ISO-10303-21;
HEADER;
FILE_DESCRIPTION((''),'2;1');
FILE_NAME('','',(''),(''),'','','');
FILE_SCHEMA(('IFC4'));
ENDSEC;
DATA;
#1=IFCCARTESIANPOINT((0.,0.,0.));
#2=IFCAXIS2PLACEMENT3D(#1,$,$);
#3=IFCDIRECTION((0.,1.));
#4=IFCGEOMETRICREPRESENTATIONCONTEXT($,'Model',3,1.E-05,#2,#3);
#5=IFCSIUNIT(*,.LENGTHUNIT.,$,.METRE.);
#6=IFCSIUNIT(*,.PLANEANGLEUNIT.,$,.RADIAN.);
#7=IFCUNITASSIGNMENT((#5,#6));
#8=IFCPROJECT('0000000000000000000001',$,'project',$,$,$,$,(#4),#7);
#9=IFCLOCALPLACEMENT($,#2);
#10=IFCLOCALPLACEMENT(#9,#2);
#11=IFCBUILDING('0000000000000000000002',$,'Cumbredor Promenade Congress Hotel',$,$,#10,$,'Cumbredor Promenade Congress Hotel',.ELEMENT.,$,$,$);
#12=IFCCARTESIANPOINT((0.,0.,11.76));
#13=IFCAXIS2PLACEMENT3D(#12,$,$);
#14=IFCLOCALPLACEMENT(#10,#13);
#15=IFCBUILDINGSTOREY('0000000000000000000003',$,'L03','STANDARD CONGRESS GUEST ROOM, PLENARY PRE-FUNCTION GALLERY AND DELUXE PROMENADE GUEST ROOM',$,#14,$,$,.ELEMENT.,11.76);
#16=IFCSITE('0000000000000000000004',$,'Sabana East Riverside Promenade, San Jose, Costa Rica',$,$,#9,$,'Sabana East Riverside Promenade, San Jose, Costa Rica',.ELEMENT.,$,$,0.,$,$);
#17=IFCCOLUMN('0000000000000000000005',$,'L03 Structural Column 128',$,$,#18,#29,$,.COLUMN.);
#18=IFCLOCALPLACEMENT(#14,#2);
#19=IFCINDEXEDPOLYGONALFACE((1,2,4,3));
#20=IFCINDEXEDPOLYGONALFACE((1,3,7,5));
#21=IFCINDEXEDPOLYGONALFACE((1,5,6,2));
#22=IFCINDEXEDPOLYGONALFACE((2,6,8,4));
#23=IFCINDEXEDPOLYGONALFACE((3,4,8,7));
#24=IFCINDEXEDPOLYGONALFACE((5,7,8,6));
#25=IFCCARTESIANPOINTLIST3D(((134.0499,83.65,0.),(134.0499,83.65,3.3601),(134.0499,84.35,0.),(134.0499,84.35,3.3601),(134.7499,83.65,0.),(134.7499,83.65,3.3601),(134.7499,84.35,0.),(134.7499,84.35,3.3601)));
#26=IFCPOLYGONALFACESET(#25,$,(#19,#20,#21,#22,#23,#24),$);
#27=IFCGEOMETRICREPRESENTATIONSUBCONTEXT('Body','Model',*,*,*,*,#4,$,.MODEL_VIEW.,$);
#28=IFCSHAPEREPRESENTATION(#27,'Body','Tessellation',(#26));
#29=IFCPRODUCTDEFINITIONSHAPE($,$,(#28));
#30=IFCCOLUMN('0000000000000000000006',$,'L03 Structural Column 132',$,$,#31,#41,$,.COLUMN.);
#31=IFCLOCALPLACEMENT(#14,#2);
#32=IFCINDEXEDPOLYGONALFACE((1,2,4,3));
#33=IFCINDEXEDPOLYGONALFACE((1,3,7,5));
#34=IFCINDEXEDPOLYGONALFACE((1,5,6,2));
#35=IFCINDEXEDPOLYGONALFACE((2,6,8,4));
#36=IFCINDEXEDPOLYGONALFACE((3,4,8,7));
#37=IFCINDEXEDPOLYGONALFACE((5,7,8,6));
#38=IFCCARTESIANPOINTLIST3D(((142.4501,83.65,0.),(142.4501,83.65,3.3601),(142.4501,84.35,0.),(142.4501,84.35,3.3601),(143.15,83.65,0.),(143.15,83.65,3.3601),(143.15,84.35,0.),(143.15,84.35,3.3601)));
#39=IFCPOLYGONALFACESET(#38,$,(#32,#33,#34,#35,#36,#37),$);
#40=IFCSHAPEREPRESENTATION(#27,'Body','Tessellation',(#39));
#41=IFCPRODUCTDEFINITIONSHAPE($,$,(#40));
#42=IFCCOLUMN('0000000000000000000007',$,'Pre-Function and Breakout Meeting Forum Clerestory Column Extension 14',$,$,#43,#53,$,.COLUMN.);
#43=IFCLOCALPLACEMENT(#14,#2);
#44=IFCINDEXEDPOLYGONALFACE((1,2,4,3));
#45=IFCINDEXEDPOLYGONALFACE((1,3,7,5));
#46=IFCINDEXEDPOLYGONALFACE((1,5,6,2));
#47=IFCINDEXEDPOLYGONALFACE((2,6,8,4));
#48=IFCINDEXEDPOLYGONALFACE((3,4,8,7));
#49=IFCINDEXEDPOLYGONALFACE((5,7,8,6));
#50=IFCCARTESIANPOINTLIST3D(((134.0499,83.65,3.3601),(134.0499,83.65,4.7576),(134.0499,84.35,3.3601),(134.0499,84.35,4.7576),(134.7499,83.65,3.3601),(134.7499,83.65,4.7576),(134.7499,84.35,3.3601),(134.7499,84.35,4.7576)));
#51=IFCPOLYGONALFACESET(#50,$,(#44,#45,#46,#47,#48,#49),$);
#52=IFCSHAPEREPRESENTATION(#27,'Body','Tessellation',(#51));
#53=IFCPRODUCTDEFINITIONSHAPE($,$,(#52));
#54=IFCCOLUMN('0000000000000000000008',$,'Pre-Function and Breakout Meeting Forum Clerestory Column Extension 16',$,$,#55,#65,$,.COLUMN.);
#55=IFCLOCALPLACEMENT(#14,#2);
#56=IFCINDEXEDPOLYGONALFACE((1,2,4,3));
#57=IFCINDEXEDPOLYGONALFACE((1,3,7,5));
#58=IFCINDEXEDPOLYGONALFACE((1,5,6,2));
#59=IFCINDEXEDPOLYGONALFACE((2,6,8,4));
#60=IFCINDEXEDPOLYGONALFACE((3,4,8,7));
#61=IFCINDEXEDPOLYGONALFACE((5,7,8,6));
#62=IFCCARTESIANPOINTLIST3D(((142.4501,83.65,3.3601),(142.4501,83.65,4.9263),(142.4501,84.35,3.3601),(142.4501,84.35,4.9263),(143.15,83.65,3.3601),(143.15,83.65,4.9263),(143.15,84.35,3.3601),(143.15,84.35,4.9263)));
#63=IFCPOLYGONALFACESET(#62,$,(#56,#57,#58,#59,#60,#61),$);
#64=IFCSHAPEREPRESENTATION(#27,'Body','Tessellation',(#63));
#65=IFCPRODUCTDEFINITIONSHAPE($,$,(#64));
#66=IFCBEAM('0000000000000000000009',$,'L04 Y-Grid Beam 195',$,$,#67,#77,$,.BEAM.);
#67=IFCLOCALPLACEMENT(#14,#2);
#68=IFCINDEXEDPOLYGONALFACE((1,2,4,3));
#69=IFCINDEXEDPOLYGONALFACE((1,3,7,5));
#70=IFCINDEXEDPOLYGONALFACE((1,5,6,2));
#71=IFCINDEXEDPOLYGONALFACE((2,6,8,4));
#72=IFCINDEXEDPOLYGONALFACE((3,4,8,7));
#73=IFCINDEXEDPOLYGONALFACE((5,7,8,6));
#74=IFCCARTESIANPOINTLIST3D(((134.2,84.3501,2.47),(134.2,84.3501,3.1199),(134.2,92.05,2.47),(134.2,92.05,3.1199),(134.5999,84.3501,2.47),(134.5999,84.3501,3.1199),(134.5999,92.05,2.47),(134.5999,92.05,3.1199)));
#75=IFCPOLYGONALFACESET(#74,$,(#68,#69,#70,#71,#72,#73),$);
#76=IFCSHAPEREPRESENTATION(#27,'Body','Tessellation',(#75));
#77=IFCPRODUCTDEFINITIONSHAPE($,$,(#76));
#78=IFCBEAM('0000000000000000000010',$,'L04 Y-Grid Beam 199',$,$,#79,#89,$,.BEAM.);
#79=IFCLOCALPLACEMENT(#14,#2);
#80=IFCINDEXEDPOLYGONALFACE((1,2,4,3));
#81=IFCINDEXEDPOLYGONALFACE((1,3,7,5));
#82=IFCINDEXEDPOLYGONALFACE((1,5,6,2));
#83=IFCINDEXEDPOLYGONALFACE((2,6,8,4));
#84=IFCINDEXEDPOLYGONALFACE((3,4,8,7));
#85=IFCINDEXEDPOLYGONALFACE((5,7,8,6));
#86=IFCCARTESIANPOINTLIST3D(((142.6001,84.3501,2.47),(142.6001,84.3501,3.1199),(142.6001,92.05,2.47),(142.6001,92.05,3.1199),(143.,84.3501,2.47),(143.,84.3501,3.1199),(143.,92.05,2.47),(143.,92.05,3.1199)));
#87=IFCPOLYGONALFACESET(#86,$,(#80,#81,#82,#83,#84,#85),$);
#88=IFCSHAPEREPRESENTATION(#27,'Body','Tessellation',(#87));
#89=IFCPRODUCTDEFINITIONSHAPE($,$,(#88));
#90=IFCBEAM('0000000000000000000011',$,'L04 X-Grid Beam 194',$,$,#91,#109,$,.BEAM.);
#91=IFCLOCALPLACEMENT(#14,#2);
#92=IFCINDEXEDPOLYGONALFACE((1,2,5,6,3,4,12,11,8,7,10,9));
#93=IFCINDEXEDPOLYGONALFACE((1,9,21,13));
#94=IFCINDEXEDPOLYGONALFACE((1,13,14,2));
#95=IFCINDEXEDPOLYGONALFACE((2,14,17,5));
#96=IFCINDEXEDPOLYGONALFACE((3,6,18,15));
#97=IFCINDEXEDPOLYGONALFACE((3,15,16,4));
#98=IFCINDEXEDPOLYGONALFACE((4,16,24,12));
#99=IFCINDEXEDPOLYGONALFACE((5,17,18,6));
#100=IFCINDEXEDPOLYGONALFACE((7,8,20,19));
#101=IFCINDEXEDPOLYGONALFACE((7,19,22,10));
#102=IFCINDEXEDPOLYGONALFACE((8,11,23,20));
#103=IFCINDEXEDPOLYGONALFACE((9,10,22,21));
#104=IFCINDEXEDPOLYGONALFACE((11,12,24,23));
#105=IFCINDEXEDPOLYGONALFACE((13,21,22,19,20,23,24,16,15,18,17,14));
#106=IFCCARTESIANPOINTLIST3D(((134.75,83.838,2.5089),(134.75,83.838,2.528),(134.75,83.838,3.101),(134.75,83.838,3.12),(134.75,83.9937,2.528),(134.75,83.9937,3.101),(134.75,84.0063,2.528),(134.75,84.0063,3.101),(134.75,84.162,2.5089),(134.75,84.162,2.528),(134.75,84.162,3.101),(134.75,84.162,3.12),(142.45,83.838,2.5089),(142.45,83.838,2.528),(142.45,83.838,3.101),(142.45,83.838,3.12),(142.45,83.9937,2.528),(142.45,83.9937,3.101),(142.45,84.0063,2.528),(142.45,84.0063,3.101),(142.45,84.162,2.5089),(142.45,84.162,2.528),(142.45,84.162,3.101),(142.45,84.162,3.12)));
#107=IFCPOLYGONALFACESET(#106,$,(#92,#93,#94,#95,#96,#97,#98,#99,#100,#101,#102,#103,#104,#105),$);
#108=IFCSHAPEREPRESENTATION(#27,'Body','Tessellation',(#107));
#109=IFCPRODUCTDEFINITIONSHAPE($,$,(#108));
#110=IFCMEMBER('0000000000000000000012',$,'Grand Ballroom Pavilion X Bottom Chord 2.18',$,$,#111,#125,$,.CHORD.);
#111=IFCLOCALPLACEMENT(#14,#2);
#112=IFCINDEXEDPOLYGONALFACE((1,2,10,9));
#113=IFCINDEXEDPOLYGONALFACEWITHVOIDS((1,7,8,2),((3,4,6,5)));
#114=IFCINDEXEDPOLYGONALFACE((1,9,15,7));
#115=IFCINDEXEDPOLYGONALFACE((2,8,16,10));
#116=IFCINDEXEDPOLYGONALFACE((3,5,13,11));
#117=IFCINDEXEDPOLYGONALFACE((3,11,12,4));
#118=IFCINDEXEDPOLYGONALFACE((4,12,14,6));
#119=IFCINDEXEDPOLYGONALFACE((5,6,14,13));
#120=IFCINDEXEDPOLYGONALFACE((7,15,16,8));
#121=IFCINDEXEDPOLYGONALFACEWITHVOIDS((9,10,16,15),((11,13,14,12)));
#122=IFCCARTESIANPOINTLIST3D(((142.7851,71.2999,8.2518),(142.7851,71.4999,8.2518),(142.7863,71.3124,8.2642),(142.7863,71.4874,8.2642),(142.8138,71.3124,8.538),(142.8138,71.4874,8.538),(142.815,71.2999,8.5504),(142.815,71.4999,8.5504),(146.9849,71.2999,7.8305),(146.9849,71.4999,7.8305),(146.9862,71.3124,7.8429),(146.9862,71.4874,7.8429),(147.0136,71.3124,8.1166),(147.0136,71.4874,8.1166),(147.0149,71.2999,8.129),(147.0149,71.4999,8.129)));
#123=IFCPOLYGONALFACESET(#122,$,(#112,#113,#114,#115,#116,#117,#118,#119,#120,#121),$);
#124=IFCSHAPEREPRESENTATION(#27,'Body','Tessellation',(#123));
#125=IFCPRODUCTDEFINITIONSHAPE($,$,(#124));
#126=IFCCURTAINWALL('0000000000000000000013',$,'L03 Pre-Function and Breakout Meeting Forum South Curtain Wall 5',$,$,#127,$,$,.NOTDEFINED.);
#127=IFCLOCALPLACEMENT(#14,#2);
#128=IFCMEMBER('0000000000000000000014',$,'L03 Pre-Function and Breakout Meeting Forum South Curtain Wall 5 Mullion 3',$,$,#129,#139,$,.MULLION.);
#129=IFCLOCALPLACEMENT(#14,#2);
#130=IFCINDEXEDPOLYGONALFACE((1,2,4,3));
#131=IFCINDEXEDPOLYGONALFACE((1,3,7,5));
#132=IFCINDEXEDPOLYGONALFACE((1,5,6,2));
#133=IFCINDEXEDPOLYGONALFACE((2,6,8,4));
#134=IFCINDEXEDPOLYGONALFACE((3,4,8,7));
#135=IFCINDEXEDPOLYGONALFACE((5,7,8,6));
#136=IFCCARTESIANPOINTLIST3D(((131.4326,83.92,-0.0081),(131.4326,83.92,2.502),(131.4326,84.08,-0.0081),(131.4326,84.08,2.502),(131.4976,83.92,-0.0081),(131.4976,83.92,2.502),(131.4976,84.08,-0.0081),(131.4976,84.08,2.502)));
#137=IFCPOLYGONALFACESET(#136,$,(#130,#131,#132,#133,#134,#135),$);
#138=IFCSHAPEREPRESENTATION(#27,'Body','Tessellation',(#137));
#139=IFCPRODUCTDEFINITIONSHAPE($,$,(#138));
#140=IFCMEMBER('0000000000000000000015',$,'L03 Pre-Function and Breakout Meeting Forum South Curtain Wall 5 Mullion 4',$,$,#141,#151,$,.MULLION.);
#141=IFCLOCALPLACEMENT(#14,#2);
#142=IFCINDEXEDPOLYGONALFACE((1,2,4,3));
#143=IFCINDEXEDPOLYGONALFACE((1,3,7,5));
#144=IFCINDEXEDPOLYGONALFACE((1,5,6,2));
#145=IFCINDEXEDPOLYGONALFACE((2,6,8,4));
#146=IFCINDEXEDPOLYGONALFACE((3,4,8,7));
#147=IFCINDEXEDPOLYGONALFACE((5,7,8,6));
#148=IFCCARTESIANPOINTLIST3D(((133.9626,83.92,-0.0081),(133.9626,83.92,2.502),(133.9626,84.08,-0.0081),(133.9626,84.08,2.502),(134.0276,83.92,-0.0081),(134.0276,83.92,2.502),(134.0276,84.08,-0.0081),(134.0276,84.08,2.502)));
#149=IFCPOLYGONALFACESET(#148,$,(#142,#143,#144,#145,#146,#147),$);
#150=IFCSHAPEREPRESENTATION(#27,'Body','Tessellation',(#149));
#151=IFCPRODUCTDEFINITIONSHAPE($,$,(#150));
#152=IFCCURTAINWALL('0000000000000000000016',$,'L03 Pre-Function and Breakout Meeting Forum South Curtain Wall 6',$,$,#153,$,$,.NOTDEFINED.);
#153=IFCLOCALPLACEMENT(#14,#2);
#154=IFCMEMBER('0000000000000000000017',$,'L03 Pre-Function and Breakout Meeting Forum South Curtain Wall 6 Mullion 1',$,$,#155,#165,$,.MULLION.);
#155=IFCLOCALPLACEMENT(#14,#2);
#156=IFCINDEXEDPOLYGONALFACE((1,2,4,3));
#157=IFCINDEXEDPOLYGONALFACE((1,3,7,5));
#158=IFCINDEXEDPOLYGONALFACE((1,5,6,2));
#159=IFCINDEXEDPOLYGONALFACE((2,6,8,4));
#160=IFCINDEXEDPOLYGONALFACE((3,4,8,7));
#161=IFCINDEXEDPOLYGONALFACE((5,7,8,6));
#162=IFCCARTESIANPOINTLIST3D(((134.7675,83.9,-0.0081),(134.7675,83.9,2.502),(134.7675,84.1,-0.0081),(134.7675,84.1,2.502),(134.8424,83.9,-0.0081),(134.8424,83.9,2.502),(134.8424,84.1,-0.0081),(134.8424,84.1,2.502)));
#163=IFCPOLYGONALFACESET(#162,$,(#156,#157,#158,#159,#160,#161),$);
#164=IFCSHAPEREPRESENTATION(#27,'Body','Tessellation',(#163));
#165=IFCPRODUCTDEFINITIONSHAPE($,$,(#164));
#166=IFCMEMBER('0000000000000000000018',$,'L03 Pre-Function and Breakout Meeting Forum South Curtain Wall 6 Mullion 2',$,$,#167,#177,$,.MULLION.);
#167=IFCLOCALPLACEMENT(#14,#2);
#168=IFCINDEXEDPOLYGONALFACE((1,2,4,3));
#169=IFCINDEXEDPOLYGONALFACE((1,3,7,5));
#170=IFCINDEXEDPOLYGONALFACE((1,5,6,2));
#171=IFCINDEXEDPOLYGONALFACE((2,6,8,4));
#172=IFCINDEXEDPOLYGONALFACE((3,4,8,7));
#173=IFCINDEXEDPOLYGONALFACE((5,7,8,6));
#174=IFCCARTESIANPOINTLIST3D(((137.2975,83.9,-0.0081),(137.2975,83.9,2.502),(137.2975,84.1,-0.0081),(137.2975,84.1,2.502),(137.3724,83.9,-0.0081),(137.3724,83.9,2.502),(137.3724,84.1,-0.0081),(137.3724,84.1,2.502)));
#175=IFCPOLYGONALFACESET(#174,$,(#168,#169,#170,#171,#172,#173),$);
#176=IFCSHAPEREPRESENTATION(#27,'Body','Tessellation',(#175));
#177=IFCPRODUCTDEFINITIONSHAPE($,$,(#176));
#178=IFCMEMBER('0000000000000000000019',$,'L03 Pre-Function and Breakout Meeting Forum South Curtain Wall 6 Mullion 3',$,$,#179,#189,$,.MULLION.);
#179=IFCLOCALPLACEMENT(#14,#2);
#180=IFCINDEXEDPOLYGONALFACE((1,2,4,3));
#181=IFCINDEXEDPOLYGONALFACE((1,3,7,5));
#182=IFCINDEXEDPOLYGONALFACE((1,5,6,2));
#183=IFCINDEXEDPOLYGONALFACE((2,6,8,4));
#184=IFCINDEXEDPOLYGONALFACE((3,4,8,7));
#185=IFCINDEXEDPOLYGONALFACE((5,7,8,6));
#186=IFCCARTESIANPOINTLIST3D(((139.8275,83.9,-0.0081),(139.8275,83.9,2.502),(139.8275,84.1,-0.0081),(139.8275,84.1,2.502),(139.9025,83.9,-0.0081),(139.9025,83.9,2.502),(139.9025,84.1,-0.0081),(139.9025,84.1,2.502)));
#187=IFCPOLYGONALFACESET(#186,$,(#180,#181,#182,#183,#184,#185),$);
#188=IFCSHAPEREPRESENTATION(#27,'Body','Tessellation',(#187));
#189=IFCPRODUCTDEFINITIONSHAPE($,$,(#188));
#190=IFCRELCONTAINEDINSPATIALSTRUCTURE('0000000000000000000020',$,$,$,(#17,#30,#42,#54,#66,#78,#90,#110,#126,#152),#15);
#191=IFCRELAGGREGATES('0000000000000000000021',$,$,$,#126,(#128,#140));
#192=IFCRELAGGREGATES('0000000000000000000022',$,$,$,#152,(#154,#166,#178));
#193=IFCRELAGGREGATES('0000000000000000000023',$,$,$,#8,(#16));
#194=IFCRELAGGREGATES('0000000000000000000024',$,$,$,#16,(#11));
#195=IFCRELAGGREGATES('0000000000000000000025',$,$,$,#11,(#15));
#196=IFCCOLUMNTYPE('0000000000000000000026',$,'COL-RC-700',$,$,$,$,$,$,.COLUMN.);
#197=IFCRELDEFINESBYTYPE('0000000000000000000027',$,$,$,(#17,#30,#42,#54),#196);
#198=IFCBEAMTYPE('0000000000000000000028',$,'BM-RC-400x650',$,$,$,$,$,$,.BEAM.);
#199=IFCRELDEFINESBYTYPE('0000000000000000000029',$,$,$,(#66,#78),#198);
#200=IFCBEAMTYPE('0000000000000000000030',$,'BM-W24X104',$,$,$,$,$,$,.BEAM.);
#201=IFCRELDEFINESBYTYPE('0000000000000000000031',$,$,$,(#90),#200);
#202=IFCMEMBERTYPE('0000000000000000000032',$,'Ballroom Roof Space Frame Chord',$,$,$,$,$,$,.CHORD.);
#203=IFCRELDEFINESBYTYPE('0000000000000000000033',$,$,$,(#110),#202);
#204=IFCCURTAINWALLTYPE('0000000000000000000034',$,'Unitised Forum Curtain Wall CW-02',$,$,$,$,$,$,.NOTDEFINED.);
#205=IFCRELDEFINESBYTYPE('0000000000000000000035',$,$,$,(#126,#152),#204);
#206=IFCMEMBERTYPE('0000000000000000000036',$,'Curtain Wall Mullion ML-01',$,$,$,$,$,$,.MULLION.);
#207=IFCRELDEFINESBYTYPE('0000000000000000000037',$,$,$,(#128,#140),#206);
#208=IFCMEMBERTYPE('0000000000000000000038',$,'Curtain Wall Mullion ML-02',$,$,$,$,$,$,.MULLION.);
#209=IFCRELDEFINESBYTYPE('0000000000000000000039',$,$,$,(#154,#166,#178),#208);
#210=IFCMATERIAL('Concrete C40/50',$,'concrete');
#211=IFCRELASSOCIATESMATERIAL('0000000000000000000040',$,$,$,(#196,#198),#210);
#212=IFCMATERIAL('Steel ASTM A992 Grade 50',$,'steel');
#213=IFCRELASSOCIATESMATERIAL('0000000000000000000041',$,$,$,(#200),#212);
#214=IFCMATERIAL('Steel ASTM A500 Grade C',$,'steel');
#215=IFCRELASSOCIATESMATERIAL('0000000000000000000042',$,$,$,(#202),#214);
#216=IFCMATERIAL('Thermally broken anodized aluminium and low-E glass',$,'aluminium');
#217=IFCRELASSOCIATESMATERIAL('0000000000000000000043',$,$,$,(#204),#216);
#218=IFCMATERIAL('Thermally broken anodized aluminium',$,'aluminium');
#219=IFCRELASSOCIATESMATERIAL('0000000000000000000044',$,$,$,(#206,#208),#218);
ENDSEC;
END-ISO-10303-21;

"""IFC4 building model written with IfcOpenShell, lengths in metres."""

from ifc_helpers import new_model, si_unit, direction, frame, origin, origin_2d, place, context, subcontext, project, spatial, rectangle, hollow_rectangle, i_section, extrude, material, material_profile, profile_set, type_object, element, aggregate, save


model = new_model("IFC4")

# Units and contexts
model_context = context("Model", 3, precision=1e-05, world=origin(), true_north=direction((0.0, 1.0)))
body_context = subcontext(model_context, "Body", "Model", "MODEL_VIEW")
ifc_project = project(units=[si_unit("LENGTHUNIT", "METRE"), si_unit("PLANEANGLEUNIT", "RADIAN")], contexts=[model_context])

# Site, building, storey
site_placement = place(None, origin())
site = spatial("IfcSite", under=ifc_project, at=site_placement, Name="Sabana East Riverside Promenade, San Jose, Costa Rica", LongName="Sabana East Riverside Promenade, San Jose, Costa Rica", CompositionType="ELEMENT", RefElevation=0.0)
building_placement = place(site_placement, origin())
building = spatial("IfcBuilding", under=site, at=building_placement, Name="Cumbredor Promenade Congress Hotel", LongName="Cumbredor Promenade Congress Hotel", CompositionType="ELEMENT")
storey_placement = place(building_placement, frame((0.0, 0.0, 11.76)))
storey = spatial("IfcBuildingStorey", under=building, at=storey_placement, Name="L03", Description="STANDARD CONGRESS GUEST ROOM, PLENARY PRE-FUNCTION GALLERY AND DELUXE PROMENADE GUEST ROOM", CompositionType="ELEMENT", Elevation=11.76)

# Columns
ifc_material_1 = material(Name="Concrete C40/50", Category="concrete")
ifc_material_profile_1 = material_profile(ifc_material_1, rectangle(XDim=0.7, YDim=0.7, at=origin_2d()), Name="RC 700x700")
ifc_profile_set_1 = profile_set([ifc_material_profile_1], Name="Concrete C40/50")
column_type = type_object("IfcColumnType", Name="COL-RC-700", PredefinedType="COLUMN", material=ifc_profile_set_1)
for number, where, z_axis, x_axis, name in (
    (1, (134.3999, 84.0, 0.0), (0.0, 0.0, 1.0), (1.0, 0.0, 0.0), "L03 Structural Column 128"),
    (2, (142.8, 84.0, 0.0), (0.0, 0.0, 1.0), (1.0, 0.0, 0.0), "L03 Structural Column 132"),
):
    element("IfcColumn", number, at=place(storey_placement, frame(where, z_axis=z_axis, x_axis=x_axis)), inside=storey, type_object=column_type, Name=name, PredefinedType="COLUMN", context=body_context, shape_type="SweptSolid", body=[
        extrude(rectangle(XDim=0.7, YDim=0.7, at=origin_2d()), origin(), (0.0, 0.0, 1.0), 3.3601),
    ])
column_1_placement = place(storey_placement, frame((134.3999, 84.0, 3.3601), z_axis=(0.0, 0.0, 1.0), x_axis=(1.0, 0.0, 0.0)))
element("IfcColumn", 3, at=column_1_placement, inside=storey, type_object=column_type, Name="Pre-Function and Breakout Meeting Forum Clerestory Column Extension 14", PredefinedType="COLUMN", context=body_context, shape_type="SweptSolid", body=[
    extrude(rectangle(XDim=0.7, YDim=0.7, at=origin_2d()), origin(), (0.0, 0.0, 1.0), 1.3975),
])
column_2_placement = place(storey_placement, frame((142.8, 84.0, 3.3601), z_axis=(0.0, 0.0, 1.0), x_axis=(1.0, 0.0, 0.0)))
element("IfcColumn", 4, at=column_2_placement, inside=storey, type_object=column_type, Name="Pre-Function and Breakout Meeting Forum Clerestory Column Extension 16", PredefinedType="COLUMN", context=body_context, shape_type="SweptSolid", body=[
    extrude(rectangle(XDim=0.7, YDim=0.7, at=origin_2d()), origin(), (0.0, 0.0, 1.0), 1.5662),
])

# Beams
ifc_material_profile_2 = material_profile(ifc_material_1, rectangle(XDim=0.3999, YDim=0.6499, at=origin_2d()), Name="RC BEAM 400x650")
ifc_profile_set_2 = profile_set([ifc_material_profile_2], Name="Concrete C40/50")
beam_type_1 = type_object("IfcBeamType", Name="BM-RC-400x650", PredefinedType="BEAM", material=ifc_profile_set_2)
for number, where, z_axis, x_axis, name in (
    (5, (134.3999, 84.3501, 2.7949), (0.0, 1.0, 0.0), (-1.0, 0.0, 0.0), "L04 Y-Grid Beam 195"),
    (6, (142.8, 84.3501, 2.7949), (0.0, 1.0, 0.0), (-1.0, 0.0, 0.0), "L04 Y-Grid Beam 199"),
):
    element("IfcBeam", number, at=place(storey_placement, frame(where, z_axis=z_axis, x_axis=x_axis)), inside=storey, type_object=beam_type_1, Name=name, PredefinedType="BEAM", context=body_context, shape_type="SweptSolid", body=[
        extrude(rectangle(XDim=0.3999, YDim=0.6499, at=origin_2d()), origin(), (0.0, 0.0, 1.0), 7.7),
    ])
ifc_material_2 = material(Name="Steel ASTM A992 Grade 50", Category="steel")
ifc_material_profile_3 = material_profile(ifc_material_2, i_section(OverallWidth=0.324, OverallDepth=0.6111, WebThickness=0.0127, FlangeThickness=0.019, at=origin_2d()), Name="W24X104")
ifc_profile_set_3 = profile_set([ifc_material_profile_3], Name="Steel ASTM A992 Grade 50")
beam_type_2 = type_object("IfcBeamType", Name="BM-W24X104", PredefinedType="BEAM", material=ifc_profile_set_3)
beam_placement = place(storey_placement, frame((134.75, 84.0, 2.8145), z_axis=(1.0, 0.0, 0.0), x_axis=(0.0, 1.0, 0.0)))
element("IfcBeam", 7, at=beam_placement, inside=storey, type_object=beam_type_2, Name="L04 X-Grid Beam 194", PredefinedType="BEAM", context=body_context, shape_type="SweptSolid", body=[
    extrude(i_section(OverallWidth=0.324, OverallDepth=0.6111, WebThickness=0.0127, FlangeThickness=0.019, at=origin_2d()), origin(), (0.0, 0.0, 1.0), 7.7),
])

# Member
ifc_material_3 = material(Name="Steel ASTM A500 Grade C", Category="steel")
ifc_material_profile_4 = material_profile(ifc_material_3, hollow_rectangle(XDim=0.2, YDim=0.3, WallThickness=0.0125, at=origin_2d()), Name="HSS 300x200x12.5")
ifc_profile_set_4 = profile_set([ifc_material_profile_4], Name="Steel ASTM A500 Grade C")
member_type_1 = type_object("IfcMemberType", Name="Ballroom Roof Space Frame Chord", PredefinedType="CHORD", material=ifc_profile_set_4)
member_1_placement = place(storey_placement, frame((142.8, 71.3999, 8.4011), z_axis=(0.995004, 0.0, -0.09983), x_axis=(0.0, 1.0, 0.0)))
element("IfcMember", 8, at=member_1_placement, inside=storey, type_object=member_type_1, Name="Grand Ballroom Pavilion X Bottom Chord 2.18", PredefinedType="CHORD", context=body_context, shape_type="SweptSolid", body=[
    extrude(hollow_rectangle(XDim=0.2, YDim=0.3, WallThickness=0.0125, at=origin_2d()), origin(), (0.0, 0.0, 1.0), 4.2209),
])

# Curtain walls, members
ifc_material_4 = material(Name="Thermally broken anodized aluminium and low-E glass", Category="aluminium")
curtain_wall_type = type_object("IfcCurtainWallType", Name="Unitised Forum Curtain Wall CW-02", PredefinedType="NOTDEFINED", material=ifc_material_4)
curtain_wall_1_placement = place(storey_placement, origin())
curtain_wall_1 = element("IfcCurtainWall", 9, at=curtain_wall_1_placement, inside=storey, type_object=curtain_wall_type, Name="L03 Pre-Function and Breakout Meeting Forum South Curtain Wall 5", PredefinedType="NOTDEFINED")
ifc_material_5 = material(Name="Thermally broken anodized aluminium", Category="aluminium")
ifc_material_profile_5 = material_profile(ifc_material_5, rectangle(XDim=0.0649, YDim=0.1599, at=origin_2d()), Name="ALU MULLION 65x160")
ifc_profile_set_5 = profile_set([ifc_material_profile_5], Name="Thermally broken anodized aluminium")
member_type_2 = type_object("IfcMemberType", Name="Curtain Wall Mullion ML-01", PredefinedType="MULLION", material=ifc_profile_set_5)
member_2_placement = place(storey_placement, frame((131.4651, 84.0, -0.0081), z_axis=(0.0, 0.0, 1.0), x_axis=(1.0, 0.0, 0.0)))
member_2 = element("IfcMember", 10, at=member_2_placement, type_object=member_type_2, Name="L03 Pre-Function and Breakout Meeting Forum South Curtain Wall 5 Mullion 3", PredefinedType="MULLION", context=body_context, shape_type="SweptSolid", body=[
    extrude(rectangle(XDim=0.0649, YDim=0.1599, at=origin_2d()), origin(), (0.0, 0.0, 1.0), 2.51),
])
member_3_placement = place(storey_placement, frame((133.9951, 84.0, -0.0081), z_axis=(0.0, 0.0, 1.0), x_axis=(1.0, 0.0, 0.0)))
member_3 = element("IfcMember", 11, at=member_3_placement, type_object=member_type_2, Name="L03 Pre-Function and Breakout Meeting Forum South Curtain Wall 5 Mullion 4", PredefinedType="MULLION", context=body_context, shape_type="SweptSolid", body=[
    extrude(rectangle(XDim=0.0649, YDim=0.1599, at=origin_2d()), origin(), (0.0, 0.0, 1.0), 2.51),
])
curtain_wall_2_placement = place(storey_placement, origin())
curtain_wall_2 = element("IfcCurtainWall", 12, at=curtain_wall_2_placement, inside=storey, type_object=curtain_wall_type, Name="L03 Pre-Function and Breakout Meeting Forum South Curtain Wall 6", PredefinedType="NOTDEFINED")
ifc_material_profile_6 = material_profile(ifc_material_5, rectangle(XDim=0.075, YDim=0.2, at=origin_2d()), Name="ALU MULLION 75x200")
ifc_profile_set_6 = profile_set([ifc_material_profile_6], Name="Thermally broken anodized aluminium")
member_type_3 = type_object("IfcMemberType", Name="Curtain Wall Mullion ML-02", PredefinedType="MULLION", material=ifc_profile_set_6)
member_4_placement = place(storey_placement, frame((134.8049, 84.0, -0.0081), z_axis=(0.0, 0.0, 1.0), x_axis=(1.0, 0.0, 0.0)))
member_4 = element("IfcMember", 13, at=member_4_placement, type_object=member_type_3, Name="L03 Pre-Function and Breakout Meeting Forum South Curtain Wall 6 Mullion 1", PredefinedType="MULLION", context=body_context, shape_type="SweptSolid", body=[
    extrude(rectangle(XDim=0.075, YDim=0.2, at=origin_2d()), origin(), (0.0, 0.0, 1.0), 2.51),
])
member_5_placement = place(storey_placement, frame((137.335, 84.0, -0.0081), z_axis=(0.0, 0.0, 1.0), x_axis=(1.0, 0.0, 0.0)))
member_5 = element("IfcMember", 14, at=member_5_placement, type_object=member_type_3, Name="L03 Pre-Function and Breakout Meeting Forum South Curtain Wall 6 Mullion 2", PredefinedType="MULLION", context=body_context, shape_type="SweptSolid", body=[
    extrude(rectangle(XDim=0.075, YDim=0.2, at=origin_2d()), origin(), (0.0, 0.0, 1.0), 2.51),
])
member_6_placement = place(storey_placement, frame((139.865, 84.0, -0.0081), z_axis=(0.0, 0.0, 1.0), x_axis=(1.0, 0.0, 0.0)))
member_6 = element("IfcMember", 15, at=member_6_placement, type_object=member_type_3, Name="L03 Pre-Function and Breakout Meeting Forum South Curtain Wall 6 Mullion 3", PredefinedType="MULLION", context=body_context, shape_type="SweptSolid", body=[
    extrude(rectangle(XDim=0.075, YDim=0.2, at=origin_2d()), origin(), (0.0, 0.0, 1.0), 2.51),
])

aggregate(curtain_wall_1, [member_2, member_3])
aggregate(curtain_wall_2, [member_4, member_5, member_6])

save(model, "model.ifc")
